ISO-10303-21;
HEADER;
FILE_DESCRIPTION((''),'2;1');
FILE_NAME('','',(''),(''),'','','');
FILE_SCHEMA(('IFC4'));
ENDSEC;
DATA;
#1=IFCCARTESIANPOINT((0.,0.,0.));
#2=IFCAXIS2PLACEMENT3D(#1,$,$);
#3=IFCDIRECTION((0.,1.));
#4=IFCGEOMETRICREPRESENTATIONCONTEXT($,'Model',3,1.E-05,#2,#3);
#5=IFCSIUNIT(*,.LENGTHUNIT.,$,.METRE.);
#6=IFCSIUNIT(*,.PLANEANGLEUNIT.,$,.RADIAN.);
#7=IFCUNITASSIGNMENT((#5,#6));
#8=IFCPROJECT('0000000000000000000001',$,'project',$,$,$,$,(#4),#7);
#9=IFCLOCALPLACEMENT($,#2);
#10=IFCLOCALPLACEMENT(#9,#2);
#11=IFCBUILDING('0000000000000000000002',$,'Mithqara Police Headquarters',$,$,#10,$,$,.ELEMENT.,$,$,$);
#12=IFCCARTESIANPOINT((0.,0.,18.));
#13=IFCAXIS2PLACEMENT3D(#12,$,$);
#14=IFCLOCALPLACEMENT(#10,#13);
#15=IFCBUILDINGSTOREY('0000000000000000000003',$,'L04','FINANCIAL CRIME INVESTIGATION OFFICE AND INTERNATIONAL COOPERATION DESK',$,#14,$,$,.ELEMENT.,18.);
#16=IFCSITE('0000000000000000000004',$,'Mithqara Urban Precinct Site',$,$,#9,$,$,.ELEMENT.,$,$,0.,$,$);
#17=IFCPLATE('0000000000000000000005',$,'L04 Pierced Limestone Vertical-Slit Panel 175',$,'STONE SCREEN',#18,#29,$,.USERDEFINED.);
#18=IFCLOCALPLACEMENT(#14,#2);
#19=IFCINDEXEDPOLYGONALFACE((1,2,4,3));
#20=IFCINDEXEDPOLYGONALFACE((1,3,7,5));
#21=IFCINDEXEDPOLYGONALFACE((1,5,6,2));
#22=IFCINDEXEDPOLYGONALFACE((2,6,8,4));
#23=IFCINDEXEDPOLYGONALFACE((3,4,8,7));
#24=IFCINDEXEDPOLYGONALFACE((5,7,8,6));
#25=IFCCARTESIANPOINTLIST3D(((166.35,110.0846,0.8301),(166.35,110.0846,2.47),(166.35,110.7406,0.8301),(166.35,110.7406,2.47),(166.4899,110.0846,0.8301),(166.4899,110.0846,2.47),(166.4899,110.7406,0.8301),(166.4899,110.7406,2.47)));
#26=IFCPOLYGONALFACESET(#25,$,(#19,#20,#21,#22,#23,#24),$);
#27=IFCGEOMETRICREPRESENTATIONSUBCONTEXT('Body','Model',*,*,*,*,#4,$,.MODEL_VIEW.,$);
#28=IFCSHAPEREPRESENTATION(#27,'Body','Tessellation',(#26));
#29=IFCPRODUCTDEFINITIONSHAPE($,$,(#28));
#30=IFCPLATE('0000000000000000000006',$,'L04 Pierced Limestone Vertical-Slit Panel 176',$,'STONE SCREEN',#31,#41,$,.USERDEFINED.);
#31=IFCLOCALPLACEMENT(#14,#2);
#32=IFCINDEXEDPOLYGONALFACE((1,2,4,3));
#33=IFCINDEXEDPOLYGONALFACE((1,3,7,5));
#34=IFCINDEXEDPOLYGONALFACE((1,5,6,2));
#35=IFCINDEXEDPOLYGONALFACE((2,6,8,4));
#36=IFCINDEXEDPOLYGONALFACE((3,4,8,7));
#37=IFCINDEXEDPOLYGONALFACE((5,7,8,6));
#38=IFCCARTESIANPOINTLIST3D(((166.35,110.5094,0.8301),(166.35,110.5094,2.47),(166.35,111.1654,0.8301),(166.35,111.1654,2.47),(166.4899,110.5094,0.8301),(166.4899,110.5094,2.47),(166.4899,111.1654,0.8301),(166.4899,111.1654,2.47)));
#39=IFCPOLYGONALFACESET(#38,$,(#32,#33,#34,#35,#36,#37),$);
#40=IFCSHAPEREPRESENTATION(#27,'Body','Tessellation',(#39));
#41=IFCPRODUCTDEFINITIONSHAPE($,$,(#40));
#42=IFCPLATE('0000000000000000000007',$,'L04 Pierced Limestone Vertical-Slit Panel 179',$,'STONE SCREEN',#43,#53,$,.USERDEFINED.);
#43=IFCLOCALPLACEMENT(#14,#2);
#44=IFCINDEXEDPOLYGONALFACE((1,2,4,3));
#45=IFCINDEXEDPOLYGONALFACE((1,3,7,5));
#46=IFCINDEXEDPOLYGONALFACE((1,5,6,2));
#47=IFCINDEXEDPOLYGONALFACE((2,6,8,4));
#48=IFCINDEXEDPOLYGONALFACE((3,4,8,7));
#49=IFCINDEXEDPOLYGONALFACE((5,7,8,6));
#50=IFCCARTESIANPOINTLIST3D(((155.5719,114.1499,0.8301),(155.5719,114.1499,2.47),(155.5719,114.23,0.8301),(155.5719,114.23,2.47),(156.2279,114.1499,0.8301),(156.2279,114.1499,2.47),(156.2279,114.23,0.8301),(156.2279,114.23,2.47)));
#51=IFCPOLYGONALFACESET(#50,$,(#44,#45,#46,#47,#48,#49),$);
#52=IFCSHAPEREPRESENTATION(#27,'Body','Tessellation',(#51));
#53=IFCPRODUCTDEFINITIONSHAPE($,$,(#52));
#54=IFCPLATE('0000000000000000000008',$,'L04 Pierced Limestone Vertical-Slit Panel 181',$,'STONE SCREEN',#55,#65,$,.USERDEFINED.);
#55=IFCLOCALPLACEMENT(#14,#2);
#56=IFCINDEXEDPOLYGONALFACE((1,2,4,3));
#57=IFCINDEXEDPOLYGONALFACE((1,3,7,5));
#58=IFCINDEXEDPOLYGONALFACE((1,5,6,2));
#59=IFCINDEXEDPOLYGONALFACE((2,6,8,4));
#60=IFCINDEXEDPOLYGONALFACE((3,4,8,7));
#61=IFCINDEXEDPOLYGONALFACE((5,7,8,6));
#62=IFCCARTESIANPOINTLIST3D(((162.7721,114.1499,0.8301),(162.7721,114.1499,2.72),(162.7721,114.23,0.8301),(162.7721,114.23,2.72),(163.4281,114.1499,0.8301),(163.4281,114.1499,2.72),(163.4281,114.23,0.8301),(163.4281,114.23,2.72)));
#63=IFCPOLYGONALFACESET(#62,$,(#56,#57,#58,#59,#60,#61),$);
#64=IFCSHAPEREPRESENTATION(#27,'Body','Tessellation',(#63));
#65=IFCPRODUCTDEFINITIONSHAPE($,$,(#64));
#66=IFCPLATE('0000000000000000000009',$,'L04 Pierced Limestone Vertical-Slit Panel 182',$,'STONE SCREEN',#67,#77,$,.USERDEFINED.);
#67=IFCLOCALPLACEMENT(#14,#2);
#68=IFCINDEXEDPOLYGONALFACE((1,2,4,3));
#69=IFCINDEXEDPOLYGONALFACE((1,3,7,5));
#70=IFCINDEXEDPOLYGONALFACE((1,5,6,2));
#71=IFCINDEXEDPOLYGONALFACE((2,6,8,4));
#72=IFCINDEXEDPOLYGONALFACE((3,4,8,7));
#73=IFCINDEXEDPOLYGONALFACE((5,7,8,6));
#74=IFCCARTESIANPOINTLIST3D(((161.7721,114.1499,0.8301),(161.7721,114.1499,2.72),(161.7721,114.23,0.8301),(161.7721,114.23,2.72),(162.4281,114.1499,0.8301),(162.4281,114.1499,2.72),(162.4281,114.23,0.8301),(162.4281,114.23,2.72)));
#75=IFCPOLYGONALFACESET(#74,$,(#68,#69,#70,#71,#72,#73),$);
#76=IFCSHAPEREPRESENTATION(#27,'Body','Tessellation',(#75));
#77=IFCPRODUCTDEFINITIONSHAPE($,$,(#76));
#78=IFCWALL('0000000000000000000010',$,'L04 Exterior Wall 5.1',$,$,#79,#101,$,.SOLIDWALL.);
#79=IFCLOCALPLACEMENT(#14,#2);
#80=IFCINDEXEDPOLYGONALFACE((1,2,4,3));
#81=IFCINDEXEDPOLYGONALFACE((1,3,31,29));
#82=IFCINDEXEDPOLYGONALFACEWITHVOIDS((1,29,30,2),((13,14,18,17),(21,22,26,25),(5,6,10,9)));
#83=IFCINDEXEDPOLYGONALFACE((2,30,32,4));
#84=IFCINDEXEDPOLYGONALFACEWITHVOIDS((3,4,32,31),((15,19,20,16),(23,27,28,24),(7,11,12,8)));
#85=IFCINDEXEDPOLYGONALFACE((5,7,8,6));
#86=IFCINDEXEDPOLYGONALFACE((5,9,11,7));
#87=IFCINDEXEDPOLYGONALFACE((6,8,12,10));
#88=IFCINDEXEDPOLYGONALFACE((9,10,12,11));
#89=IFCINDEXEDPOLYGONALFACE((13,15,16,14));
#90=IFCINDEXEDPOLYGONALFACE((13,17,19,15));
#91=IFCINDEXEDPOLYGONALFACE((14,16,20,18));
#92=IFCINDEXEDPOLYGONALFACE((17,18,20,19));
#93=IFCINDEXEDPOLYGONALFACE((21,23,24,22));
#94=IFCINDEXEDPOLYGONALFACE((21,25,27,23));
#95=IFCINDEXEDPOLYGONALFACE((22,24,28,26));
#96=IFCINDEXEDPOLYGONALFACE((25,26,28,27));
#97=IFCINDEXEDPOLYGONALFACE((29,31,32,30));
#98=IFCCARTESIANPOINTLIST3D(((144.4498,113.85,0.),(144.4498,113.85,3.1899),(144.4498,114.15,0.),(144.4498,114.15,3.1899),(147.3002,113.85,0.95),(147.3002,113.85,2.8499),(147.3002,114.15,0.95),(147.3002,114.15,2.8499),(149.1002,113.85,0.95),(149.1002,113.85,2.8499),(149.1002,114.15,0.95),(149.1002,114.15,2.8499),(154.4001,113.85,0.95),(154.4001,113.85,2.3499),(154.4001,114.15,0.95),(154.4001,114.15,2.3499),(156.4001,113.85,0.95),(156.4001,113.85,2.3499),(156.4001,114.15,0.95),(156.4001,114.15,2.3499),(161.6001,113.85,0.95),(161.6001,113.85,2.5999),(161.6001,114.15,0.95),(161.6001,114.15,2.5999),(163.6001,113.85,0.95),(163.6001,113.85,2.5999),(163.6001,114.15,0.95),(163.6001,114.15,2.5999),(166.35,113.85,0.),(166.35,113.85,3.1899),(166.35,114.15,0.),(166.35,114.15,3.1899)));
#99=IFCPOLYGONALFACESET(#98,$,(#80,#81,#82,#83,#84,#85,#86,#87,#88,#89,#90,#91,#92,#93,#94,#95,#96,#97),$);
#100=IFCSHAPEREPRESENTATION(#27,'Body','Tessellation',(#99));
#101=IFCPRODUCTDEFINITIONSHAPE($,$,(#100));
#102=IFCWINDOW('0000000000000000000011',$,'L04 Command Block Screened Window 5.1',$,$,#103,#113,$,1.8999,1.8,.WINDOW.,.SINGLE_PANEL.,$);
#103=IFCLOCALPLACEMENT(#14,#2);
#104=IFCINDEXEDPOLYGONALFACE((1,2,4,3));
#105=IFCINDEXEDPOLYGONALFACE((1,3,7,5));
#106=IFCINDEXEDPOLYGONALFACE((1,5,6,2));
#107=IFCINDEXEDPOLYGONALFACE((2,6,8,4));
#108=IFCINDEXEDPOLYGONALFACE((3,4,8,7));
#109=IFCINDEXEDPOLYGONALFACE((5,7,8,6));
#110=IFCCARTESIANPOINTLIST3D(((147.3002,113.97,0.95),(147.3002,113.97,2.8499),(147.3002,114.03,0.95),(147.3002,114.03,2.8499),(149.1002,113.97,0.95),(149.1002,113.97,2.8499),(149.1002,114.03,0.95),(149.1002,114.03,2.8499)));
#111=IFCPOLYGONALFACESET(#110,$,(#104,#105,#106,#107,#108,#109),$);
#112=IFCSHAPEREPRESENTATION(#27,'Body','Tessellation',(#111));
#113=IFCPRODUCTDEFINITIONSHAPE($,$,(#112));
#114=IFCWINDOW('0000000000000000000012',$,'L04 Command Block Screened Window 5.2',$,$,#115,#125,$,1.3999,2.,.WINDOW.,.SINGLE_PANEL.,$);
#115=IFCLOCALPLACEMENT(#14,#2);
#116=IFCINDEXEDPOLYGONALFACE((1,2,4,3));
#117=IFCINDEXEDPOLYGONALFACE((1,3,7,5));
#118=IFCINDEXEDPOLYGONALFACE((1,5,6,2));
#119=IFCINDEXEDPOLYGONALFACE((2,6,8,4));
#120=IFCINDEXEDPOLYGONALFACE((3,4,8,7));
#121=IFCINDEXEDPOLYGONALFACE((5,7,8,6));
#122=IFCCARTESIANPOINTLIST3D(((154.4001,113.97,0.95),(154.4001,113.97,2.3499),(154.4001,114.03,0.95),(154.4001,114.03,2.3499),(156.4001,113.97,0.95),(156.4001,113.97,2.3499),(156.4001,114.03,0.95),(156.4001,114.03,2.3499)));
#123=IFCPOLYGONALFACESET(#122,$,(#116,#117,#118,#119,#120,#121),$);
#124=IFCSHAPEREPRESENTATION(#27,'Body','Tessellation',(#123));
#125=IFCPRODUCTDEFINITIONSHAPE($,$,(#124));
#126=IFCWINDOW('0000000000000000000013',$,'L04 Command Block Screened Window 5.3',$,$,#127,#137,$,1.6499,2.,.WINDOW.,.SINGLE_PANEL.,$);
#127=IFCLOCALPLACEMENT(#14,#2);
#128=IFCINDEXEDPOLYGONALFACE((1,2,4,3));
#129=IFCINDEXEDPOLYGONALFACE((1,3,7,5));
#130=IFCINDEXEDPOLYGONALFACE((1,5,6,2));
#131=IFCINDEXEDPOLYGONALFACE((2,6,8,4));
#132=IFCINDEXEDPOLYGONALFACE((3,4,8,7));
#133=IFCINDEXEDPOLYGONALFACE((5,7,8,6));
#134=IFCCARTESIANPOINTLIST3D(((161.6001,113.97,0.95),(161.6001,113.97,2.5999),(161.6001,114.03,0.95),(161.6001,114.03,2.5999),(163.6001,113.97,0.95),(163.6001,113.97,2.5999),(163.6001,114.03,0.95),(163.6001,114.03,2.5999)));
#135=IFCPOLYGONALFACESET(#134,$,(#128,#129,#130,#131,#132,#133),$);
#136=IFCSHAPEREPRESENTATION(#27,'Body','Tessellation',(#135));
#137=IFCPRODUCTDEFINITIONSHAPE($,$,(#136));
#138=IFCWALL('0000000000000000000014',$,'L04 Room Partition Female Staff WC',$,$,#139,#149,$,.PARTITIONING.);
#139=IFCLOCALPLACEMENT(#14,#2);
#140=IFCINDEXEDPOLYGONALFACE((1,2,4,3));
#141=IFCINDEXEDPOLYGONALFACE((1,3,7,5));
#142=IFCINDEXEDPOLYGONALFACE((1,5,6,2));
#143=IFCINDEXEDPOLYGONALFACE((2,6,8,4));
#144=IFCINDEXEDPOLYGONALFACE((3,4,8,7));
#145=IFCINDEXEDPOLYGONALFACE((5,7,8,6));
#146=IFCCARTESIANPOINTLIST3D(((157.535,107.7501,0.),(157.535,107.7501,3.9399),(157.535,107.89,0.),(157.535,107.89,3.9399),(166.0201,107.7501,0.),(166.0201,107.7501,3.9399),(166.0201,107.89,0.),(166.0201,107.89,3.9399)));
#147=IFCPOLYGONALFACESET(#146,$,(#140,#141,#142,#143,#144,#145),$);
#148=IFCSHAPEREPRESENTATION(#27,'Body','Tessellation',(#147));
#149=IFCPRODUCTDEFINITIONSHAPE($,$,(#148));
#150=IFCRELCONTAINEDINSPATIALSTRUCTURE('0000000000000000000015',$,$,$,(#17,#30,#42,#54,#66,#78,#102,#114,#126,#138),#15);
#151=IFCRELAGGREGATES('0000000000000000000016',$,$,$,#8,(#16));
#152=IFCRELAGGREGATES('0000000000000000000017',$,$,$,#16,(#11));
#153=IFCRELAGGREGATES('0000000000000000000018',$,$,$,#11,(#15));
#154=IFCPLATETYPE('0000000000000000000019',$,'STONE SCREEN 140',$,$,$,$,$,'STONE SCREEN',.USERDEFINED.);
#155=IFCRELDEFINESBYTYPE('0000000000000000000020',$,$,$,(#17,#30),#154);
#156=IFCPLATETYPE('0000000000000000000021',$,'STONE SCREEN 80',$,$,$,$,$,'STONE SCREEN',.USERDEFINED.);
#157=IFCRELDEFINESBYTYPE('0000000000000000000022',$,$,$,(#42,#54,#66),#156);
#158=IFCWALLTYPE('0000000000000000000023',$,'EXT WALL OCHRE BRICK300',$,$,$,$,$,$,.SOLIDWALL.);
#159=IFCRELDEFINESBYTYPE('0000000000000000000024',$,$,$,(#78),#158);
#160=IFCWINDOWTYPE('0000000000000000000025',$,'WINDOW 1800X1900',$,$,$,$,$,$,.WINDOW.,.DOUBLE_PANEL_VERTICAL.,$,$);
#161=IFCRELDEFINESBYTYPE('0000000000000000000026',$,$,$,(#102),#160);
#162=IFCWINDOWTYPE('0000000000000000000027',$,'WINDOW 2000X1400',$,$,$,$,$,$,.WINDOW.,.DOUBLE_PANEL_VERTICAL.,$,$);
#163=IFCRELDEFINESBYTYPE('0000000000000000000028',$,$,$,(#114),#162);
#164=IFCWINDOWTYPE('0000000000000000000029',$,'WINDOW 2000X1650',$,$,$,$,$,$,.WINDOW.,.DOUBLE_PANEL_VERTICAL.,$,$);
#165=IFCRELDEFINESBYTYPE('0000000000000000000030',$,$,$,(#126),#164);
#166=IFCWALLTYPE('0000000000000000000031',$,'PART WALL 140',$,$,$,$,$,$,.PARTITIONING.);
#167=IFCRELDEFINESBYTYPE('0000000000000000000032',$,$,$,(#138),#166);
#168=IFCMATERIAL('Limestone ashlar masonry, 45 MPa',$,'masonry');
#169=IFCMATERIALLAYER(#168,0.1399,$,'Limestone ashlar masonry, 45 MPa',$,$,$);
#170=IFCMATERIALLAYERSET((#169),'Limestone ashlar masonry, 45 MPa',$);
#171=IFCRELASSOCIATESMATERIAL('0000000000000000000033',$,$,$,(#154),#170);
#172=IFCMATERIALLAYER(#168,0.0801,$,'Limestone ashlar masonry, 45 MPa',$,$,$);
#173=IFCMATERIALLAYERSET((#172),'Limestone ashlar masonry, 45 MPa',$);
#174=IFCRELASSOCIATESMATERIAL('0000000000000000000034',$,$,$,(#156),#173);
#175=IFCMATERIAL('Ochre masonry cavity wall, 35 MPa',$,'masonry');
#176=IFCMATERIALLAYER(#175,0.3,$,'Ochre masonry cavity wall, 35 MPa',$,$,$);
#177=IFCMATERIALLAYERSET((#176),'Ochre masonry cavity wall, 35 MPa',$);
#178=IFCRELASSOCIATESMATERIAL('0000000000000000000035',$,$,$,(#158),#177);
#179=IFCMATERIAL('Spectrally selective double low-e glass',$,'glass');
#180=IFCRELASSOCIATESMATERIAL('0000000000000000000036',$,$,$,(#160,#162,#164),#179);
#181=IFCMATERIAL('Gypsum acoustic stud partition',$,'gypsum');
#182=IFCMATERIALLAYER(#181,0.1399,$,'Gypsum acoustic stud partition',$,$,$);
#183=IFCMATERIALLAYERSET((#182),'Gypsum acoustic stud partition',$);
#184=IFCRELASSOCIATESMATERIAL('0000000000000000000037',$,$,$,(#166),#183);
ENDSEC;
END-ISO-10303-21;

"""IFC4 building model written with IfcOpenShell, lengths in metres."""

from ifc_helpers import new_model, si_unit, direction, frame, frame_2d, origin, origin_2d, place, context, subcontext, project, spatial, rectangle, extrude, material, layer, layer_set, type_object, element, fill, save


model = new_model("IFC4")

# Units and contexts
model_context = context("Model", 3, precision=1e-05, world=origin(), true_north=direction((0.0, 1.0)))
body_context = subcontext(model_context, "Body", "Model", "MODEL_VIEW")
ifc_project = project(units=[si_unit("LENGTHUNIT", "METRE"), si_unit("PLANEANGLEUNIT", "RADIAN")], contexts=[model_context])

# Site, building, storey
site_placement = place(None, origin())
site = spatial("IfcSite", under=ifc_project, at=site_placement, Name="Mithqara Urban Precinct Site", CompositionType="ELEMENT", RefElevation=0.0)
building_placement = place(site_placement, origin())
building = spatial("IfcBuilding", under=site, at=building_placement, Name="Mithqara Police Headquarters", CompositionType="ELEMENT")
storey_placement = place(building_placement, frame((0.0, 0.0, 18.0)))
storey = spatial("IfcBuildingStorey", under=building, at=storey_placement, Name="L04", Description="FINANCIAL CRIME INVESTIGATION OFFICE AND INTERNATIONAL COOPERATION DESK", CompositionType="ELEMENT", Elevation=18.0)

# Plates
ifc_material_1 = material(Name="Limestone ashlar masonry, 45 MPa", Category="masonry")
ifc_layer_1 = layer(ifc_material_1, 0.1399, Name="Limestone ashlar masonry, 45 MPa")
ifc_layer_set_1 = layer_set([ifc_layer_1], Name="Limestone ashlar masonry, 45 MPa")
plate_type_1 = type_object("IfcPlateType", Name="STONE SCREEN 140", ElementType="STONE SCREEN", PredefinedType="USERDEFINED", material=ifc_layer_set_1)
for number, where, z_axis, x_axis, name in (
    (1, (166.4199, 110.4126, 0.8301), (0.0, 0.0, 1.0), (0.0, 1.0, 0.0), "L04 Pierced Limestone Vertical-Slit Panel 175"),
    (2, (166.4199, 110.8374, 0.8301), (0.0, 0.0, 1.0), (0.0, 1.0, 0.0), "L04 Pierced Limestone Vertical-Slit Panel 176"),
):
    element("IfcPlate", number, at=place(storey_placement, frame(where, z_axis=z_axis, x_axis=x_axis)), inside=storey, type_object=plate_type_1, Name=name, ObjectType="STONE SCREEN", PredefinedType="USERDEFINED", context=body_context, shape_type="SweptSolid", body=[
        extrude(rectangle(XDim=0.656, YDim=0.1399, at=origin_2d()), origin(), (0.0, 0.0, 1.0), 1.6399),
    ])
ifc_layer_2 = layer(ifc_material_1, 0.0801, Name="Limestone ashlar masonry, 45 MPa")
ifc_layer_set_2 = layer_set([ifc_layer_2], Name="Limestone ashlar masonry, 45 MPa")
plate_type_2 = type_object("IfcPlateType", Name="STONE SCREEN 80", ElementType="STONE SCREEN", PredefinedType="USERDEFINED", material=ifc_layer_set_2)
plate_placement = place(storey_placement, frame((155.8999, 114.1899, 0.8301), z_axis=(0.0, 0.0, 1.0), x_axis=(1.0, 0.0, 0.0)))
element("IfcPlate", 3, at=plate_placement, inside=storey, type_object=plate_type_2, Name="L04 Pierced Limestone Vertical-Slit Panel 179", ObjectType="STONE SCREEN", PredefinedType="USERDEFINED", context=body_context, shape_type="SweptSolid", body=[
    extrude(rectangle(XDim=0.656, YDim=0.0801, at=origin_2d()), origin(), (0.0, 0.0, 1.0), 1.6399),
])
for number, where, z_axis, x_axis, name in (
    (4, (163.1001, 114.1899, 0.8301), (0.0, 0.0, 1.0), (1.0, 0.0, 0.0), "L04 Pierced Limestone Vertical-Slit Panel 181"),
    (5, (162.1001, 114.1899, 0.8301), (0.0, 0.0, 1.0), (1.0, 0.0, 0.0), "L04 Pierced Limestone Vertical-Slit Panel 182"),
):
    element("IfcPlate", number, at=place(storey_placement, frame(where, z_axis=z_axis, x_axis=x_axis)), inside=storey, type_object=plate_type_2, Name=name, ObjectType="STONE SCREEN", PredefinedType="USERDEFINED", context=body_context, shape_type="SweptSolid", body=[
        extrude(rectangle(XDim=0.656, YDim=0.0801, at=origin_2d()), origin(), (0.0, 0.0, 1.0), 1.8899),
    ])

# Wall, openings, windows
ifc_material_2 = material(Name="Ochre masonry cavity wall, 35 MPa", Category="masonry")
ifc_layer_3 = layer(ifc_material_2, 0.3, Name="Ochre masonry cavity wall, 35 MPa")
ifc_layer_set_3 = layer_set([ifc_layer_3], Name="Ochre masonry cavity wall, 35 MPa")
wall_type_1 = type_object("IfcWallType", Name="EXT WALL OCHRE BRICK300", PredefinedType="SOLIDWALL", material=ifc_layer_set_3)
wall_1_placement = place(storey_placement, frame((166.3501, 114.0, 0.0), z_axis=(0.0, 0.0, 1.0), x_axis=(-1.0, 0.0, 0.0)))
wall_1 = element("IfcWall", 6, at=wall_1_placement, inside=storey, type_object=wall_type_1, Name="L04 Exterior Wall 5.1", PredefinedType="SOLIDWALL", context=body_context, shape_type="SweptSolid", body=[
    extrude(rectangle(XDim=21.9001, YDim=0.3, at=frame_2d((10.9502, 0.0))), origin(), (0.0, 0.0, 1.0), 3.1899),
])
opening_1_placement = place(wall_1_placement, frame((17.25, 0.0, 0.95)))
opening_1 = element("IfcOpeningElement", 7, at=opening_1_placement, cuts=wall_1, PredefinedType="OPENING", context=body_context, shape_type="SweptSolid", body=[
    extrude(rectangle(XDim=1.8, YDim=1.8999, at=frame_2d((0.8999, 0.95))), frame((0.0, 0.1602, 0.0), z_axis=(0.0, -1.0, 0.0), x_axis=(1.0, 0.0, 0.0)), (0.0, 0.0, 1.0), 0.3201),
])
opening_2_placement = place(wall_1_placement, frame((9.95, 0.0, 0.95)))
opening_2 = element("IfcOpeningElement", 8, at=opening_2_placement, cuts=wall_1, PredefinedType="OPENING", context=body_context, shape_type="SweptSolid", body=[
    extrude(rectangle(XDim=2.0, YDim=1.3999, at=frame_2d((1.0, 0.7))), frame((0.0, 0.1602, 0.0), z_axis=(0.0, -1.0, 0.0), x_axis=(1.0, 0.0, 0.0)), (0.0, 0.0, 1.0), 0.3201),
])
opening_3_placement = place(wall_1_placement, frame((2.75, 0.0, 0.95)))
opening_3 = element("IfcOpeningElement", 9, at=opening_3_placement, cuts=wall_1, PredefinedType="OPENING", context=body_context, shape_type="SweptSolid", body=[
    extrude(rectangle(XDim=2.0, YDim=1.6499, at=frame_2d((1.0, 0.825))), frame((0.0, 0.1602, 0.0), z_axis=(0.0, -1.0, 0.0), x_axis=(1.0, 0.0, 0.0)), (0.0, 0.0, 1.0), 0.3201),
])
ifc_material_3 = material(Name="Spectrally selective double low-e glass", Category="glass")
window_type_1 = type_object("IfcWindowType", Name="WINDOW 1800X1900", PartitioningType="DOUBLE_PANEL_VERTICAL", PredefinedType="WINDOW", material=ifc_material_3)
window_1_placement = place(opening_1_placement, origin())
window_1 = element("IfcWindow", 10, at=window_1_placement, inside=storey, type_object=window_type_1, Name="L04 Command Block Screened Window 5.1", OverallHeight=1.8999, OverallWidth=1.8, PartitioningType="SINGLE_PANEL", PredefinedType="WINDOW", context=body_context, shape_type="SweptSolid", body=[
    extrude(rectangle(XDim=1.8, YDim=1.8999, at=frame_2d((0.8999, 0.95))), frame((0.0, 0.03, 0.0), z_axis=(0.0, -1.0, 0.0), x_axis=(1.0, 0.0, 0.0)), (0.0, 0.0, 1.0), 0.0601),
])
fill(opening_1, window_1)
window_type_2 = type_object("IfcWindowType", Name="WINDOW 2000X1400", PartitioningType="DOUBLE_PANEL_VERTICAL", PredefinedType="WINDOW", material=ifc_material_3)
window_2_placement = place(opening_2_placement, origin())
window_2 = element("IfcWindow", 11, at=window_2_placement, inside=storey, type_object=window_type_2, Name="L04 Command Block Screened Window 5.2", OverallHeight=1.3999, OverallWidth=2.0, PartitioningType="SINGLE_PANEL", PredefinedType="WINDOW", context=body_context, shape_type="SweptSolid", body=[
    extrude(rectangle(XDim=2.0, YDim=1.3999, at=frame_2d((1.0, 0.7))), frame((0.0, 0.03, 0.0), z_axis=(0.0, -1.0, 0.0), x_axis=(1.0, 0.0, 0.0)), (0.0, 0.0, 1.0), 0.0601),
])
fill(opening_2, window_2)
window_type_3 = type_object("IfcWindowType", Name="WINDOW 2000X1650", PartitioningType="DOUBLE_PANEL_VERTICAL", PredefinedType="WINDOW", material=ifc_material_3)
window_3_placement = place(opening_3_placement, origin())
window_3 = element("IfcWindow", 12, at=window_3_placement, inside=storey, type_object=window_type_3, Name="L04 Command Block Screened Window 5.3", OverallHeight=1.6499, OverallWidth=2.0, PartitioningType="SINGLE_PANEL", PredefinedType="WINDOW", context=body_context, shape_type="SweptSolid", body=[
    extrude(rectangle(XDim=2.0, YDim=1.6499, at=frame_2d((1.0, 0.825))), frame((0.0, 0.03, 0.0), z_axis=(0.0, -1.0, 0.0), x_axis=(1.0, 0.0, 0.0)), (0.0, 0.0, 1.0), 0.0601),
])
fill(opening_3, window_3)

# Wall
ifc_material_4 = material(Name="Gypsum acoustic stud partition", Category="gypsum")
ifc_layer_4 = layer(ifc_material_4, 0.1399, Name="Gypsum acoustic stud partition")
ifc_layer_set_4 = layer_set([ifc_layer_4], Name="Gypsum acoustic stud partition")
wall_type_2 = type_object("IfcWallType", Name="PART WALL 140", PredefinedType="PARTITIONING", material=ifc_layer_set_4)
wall_2_placement = place(storey_placement, frame((157.5349, 107.8201, 0.0), z_axis=(0.0, 0.0, 1.0), x_axis=(1.0, 0.0, 0.0)))
element("IfcWall", 13, at=wall_2_placement, inside=storey, type_object=wall_type_2, Name="L04 Room Partition Female Staff WC", PredefinedType="PARTITIONING", context=body_context, shape_type="SweptSolid", body=[
    extrude(rectangle(XDim=8.4851, YDim=0.1399, at=frame_2d((4.2427, 0.0))), origin(), (0.0, 0.0, 1.0), 3.9399),
])

save(model, "model.ifc")
